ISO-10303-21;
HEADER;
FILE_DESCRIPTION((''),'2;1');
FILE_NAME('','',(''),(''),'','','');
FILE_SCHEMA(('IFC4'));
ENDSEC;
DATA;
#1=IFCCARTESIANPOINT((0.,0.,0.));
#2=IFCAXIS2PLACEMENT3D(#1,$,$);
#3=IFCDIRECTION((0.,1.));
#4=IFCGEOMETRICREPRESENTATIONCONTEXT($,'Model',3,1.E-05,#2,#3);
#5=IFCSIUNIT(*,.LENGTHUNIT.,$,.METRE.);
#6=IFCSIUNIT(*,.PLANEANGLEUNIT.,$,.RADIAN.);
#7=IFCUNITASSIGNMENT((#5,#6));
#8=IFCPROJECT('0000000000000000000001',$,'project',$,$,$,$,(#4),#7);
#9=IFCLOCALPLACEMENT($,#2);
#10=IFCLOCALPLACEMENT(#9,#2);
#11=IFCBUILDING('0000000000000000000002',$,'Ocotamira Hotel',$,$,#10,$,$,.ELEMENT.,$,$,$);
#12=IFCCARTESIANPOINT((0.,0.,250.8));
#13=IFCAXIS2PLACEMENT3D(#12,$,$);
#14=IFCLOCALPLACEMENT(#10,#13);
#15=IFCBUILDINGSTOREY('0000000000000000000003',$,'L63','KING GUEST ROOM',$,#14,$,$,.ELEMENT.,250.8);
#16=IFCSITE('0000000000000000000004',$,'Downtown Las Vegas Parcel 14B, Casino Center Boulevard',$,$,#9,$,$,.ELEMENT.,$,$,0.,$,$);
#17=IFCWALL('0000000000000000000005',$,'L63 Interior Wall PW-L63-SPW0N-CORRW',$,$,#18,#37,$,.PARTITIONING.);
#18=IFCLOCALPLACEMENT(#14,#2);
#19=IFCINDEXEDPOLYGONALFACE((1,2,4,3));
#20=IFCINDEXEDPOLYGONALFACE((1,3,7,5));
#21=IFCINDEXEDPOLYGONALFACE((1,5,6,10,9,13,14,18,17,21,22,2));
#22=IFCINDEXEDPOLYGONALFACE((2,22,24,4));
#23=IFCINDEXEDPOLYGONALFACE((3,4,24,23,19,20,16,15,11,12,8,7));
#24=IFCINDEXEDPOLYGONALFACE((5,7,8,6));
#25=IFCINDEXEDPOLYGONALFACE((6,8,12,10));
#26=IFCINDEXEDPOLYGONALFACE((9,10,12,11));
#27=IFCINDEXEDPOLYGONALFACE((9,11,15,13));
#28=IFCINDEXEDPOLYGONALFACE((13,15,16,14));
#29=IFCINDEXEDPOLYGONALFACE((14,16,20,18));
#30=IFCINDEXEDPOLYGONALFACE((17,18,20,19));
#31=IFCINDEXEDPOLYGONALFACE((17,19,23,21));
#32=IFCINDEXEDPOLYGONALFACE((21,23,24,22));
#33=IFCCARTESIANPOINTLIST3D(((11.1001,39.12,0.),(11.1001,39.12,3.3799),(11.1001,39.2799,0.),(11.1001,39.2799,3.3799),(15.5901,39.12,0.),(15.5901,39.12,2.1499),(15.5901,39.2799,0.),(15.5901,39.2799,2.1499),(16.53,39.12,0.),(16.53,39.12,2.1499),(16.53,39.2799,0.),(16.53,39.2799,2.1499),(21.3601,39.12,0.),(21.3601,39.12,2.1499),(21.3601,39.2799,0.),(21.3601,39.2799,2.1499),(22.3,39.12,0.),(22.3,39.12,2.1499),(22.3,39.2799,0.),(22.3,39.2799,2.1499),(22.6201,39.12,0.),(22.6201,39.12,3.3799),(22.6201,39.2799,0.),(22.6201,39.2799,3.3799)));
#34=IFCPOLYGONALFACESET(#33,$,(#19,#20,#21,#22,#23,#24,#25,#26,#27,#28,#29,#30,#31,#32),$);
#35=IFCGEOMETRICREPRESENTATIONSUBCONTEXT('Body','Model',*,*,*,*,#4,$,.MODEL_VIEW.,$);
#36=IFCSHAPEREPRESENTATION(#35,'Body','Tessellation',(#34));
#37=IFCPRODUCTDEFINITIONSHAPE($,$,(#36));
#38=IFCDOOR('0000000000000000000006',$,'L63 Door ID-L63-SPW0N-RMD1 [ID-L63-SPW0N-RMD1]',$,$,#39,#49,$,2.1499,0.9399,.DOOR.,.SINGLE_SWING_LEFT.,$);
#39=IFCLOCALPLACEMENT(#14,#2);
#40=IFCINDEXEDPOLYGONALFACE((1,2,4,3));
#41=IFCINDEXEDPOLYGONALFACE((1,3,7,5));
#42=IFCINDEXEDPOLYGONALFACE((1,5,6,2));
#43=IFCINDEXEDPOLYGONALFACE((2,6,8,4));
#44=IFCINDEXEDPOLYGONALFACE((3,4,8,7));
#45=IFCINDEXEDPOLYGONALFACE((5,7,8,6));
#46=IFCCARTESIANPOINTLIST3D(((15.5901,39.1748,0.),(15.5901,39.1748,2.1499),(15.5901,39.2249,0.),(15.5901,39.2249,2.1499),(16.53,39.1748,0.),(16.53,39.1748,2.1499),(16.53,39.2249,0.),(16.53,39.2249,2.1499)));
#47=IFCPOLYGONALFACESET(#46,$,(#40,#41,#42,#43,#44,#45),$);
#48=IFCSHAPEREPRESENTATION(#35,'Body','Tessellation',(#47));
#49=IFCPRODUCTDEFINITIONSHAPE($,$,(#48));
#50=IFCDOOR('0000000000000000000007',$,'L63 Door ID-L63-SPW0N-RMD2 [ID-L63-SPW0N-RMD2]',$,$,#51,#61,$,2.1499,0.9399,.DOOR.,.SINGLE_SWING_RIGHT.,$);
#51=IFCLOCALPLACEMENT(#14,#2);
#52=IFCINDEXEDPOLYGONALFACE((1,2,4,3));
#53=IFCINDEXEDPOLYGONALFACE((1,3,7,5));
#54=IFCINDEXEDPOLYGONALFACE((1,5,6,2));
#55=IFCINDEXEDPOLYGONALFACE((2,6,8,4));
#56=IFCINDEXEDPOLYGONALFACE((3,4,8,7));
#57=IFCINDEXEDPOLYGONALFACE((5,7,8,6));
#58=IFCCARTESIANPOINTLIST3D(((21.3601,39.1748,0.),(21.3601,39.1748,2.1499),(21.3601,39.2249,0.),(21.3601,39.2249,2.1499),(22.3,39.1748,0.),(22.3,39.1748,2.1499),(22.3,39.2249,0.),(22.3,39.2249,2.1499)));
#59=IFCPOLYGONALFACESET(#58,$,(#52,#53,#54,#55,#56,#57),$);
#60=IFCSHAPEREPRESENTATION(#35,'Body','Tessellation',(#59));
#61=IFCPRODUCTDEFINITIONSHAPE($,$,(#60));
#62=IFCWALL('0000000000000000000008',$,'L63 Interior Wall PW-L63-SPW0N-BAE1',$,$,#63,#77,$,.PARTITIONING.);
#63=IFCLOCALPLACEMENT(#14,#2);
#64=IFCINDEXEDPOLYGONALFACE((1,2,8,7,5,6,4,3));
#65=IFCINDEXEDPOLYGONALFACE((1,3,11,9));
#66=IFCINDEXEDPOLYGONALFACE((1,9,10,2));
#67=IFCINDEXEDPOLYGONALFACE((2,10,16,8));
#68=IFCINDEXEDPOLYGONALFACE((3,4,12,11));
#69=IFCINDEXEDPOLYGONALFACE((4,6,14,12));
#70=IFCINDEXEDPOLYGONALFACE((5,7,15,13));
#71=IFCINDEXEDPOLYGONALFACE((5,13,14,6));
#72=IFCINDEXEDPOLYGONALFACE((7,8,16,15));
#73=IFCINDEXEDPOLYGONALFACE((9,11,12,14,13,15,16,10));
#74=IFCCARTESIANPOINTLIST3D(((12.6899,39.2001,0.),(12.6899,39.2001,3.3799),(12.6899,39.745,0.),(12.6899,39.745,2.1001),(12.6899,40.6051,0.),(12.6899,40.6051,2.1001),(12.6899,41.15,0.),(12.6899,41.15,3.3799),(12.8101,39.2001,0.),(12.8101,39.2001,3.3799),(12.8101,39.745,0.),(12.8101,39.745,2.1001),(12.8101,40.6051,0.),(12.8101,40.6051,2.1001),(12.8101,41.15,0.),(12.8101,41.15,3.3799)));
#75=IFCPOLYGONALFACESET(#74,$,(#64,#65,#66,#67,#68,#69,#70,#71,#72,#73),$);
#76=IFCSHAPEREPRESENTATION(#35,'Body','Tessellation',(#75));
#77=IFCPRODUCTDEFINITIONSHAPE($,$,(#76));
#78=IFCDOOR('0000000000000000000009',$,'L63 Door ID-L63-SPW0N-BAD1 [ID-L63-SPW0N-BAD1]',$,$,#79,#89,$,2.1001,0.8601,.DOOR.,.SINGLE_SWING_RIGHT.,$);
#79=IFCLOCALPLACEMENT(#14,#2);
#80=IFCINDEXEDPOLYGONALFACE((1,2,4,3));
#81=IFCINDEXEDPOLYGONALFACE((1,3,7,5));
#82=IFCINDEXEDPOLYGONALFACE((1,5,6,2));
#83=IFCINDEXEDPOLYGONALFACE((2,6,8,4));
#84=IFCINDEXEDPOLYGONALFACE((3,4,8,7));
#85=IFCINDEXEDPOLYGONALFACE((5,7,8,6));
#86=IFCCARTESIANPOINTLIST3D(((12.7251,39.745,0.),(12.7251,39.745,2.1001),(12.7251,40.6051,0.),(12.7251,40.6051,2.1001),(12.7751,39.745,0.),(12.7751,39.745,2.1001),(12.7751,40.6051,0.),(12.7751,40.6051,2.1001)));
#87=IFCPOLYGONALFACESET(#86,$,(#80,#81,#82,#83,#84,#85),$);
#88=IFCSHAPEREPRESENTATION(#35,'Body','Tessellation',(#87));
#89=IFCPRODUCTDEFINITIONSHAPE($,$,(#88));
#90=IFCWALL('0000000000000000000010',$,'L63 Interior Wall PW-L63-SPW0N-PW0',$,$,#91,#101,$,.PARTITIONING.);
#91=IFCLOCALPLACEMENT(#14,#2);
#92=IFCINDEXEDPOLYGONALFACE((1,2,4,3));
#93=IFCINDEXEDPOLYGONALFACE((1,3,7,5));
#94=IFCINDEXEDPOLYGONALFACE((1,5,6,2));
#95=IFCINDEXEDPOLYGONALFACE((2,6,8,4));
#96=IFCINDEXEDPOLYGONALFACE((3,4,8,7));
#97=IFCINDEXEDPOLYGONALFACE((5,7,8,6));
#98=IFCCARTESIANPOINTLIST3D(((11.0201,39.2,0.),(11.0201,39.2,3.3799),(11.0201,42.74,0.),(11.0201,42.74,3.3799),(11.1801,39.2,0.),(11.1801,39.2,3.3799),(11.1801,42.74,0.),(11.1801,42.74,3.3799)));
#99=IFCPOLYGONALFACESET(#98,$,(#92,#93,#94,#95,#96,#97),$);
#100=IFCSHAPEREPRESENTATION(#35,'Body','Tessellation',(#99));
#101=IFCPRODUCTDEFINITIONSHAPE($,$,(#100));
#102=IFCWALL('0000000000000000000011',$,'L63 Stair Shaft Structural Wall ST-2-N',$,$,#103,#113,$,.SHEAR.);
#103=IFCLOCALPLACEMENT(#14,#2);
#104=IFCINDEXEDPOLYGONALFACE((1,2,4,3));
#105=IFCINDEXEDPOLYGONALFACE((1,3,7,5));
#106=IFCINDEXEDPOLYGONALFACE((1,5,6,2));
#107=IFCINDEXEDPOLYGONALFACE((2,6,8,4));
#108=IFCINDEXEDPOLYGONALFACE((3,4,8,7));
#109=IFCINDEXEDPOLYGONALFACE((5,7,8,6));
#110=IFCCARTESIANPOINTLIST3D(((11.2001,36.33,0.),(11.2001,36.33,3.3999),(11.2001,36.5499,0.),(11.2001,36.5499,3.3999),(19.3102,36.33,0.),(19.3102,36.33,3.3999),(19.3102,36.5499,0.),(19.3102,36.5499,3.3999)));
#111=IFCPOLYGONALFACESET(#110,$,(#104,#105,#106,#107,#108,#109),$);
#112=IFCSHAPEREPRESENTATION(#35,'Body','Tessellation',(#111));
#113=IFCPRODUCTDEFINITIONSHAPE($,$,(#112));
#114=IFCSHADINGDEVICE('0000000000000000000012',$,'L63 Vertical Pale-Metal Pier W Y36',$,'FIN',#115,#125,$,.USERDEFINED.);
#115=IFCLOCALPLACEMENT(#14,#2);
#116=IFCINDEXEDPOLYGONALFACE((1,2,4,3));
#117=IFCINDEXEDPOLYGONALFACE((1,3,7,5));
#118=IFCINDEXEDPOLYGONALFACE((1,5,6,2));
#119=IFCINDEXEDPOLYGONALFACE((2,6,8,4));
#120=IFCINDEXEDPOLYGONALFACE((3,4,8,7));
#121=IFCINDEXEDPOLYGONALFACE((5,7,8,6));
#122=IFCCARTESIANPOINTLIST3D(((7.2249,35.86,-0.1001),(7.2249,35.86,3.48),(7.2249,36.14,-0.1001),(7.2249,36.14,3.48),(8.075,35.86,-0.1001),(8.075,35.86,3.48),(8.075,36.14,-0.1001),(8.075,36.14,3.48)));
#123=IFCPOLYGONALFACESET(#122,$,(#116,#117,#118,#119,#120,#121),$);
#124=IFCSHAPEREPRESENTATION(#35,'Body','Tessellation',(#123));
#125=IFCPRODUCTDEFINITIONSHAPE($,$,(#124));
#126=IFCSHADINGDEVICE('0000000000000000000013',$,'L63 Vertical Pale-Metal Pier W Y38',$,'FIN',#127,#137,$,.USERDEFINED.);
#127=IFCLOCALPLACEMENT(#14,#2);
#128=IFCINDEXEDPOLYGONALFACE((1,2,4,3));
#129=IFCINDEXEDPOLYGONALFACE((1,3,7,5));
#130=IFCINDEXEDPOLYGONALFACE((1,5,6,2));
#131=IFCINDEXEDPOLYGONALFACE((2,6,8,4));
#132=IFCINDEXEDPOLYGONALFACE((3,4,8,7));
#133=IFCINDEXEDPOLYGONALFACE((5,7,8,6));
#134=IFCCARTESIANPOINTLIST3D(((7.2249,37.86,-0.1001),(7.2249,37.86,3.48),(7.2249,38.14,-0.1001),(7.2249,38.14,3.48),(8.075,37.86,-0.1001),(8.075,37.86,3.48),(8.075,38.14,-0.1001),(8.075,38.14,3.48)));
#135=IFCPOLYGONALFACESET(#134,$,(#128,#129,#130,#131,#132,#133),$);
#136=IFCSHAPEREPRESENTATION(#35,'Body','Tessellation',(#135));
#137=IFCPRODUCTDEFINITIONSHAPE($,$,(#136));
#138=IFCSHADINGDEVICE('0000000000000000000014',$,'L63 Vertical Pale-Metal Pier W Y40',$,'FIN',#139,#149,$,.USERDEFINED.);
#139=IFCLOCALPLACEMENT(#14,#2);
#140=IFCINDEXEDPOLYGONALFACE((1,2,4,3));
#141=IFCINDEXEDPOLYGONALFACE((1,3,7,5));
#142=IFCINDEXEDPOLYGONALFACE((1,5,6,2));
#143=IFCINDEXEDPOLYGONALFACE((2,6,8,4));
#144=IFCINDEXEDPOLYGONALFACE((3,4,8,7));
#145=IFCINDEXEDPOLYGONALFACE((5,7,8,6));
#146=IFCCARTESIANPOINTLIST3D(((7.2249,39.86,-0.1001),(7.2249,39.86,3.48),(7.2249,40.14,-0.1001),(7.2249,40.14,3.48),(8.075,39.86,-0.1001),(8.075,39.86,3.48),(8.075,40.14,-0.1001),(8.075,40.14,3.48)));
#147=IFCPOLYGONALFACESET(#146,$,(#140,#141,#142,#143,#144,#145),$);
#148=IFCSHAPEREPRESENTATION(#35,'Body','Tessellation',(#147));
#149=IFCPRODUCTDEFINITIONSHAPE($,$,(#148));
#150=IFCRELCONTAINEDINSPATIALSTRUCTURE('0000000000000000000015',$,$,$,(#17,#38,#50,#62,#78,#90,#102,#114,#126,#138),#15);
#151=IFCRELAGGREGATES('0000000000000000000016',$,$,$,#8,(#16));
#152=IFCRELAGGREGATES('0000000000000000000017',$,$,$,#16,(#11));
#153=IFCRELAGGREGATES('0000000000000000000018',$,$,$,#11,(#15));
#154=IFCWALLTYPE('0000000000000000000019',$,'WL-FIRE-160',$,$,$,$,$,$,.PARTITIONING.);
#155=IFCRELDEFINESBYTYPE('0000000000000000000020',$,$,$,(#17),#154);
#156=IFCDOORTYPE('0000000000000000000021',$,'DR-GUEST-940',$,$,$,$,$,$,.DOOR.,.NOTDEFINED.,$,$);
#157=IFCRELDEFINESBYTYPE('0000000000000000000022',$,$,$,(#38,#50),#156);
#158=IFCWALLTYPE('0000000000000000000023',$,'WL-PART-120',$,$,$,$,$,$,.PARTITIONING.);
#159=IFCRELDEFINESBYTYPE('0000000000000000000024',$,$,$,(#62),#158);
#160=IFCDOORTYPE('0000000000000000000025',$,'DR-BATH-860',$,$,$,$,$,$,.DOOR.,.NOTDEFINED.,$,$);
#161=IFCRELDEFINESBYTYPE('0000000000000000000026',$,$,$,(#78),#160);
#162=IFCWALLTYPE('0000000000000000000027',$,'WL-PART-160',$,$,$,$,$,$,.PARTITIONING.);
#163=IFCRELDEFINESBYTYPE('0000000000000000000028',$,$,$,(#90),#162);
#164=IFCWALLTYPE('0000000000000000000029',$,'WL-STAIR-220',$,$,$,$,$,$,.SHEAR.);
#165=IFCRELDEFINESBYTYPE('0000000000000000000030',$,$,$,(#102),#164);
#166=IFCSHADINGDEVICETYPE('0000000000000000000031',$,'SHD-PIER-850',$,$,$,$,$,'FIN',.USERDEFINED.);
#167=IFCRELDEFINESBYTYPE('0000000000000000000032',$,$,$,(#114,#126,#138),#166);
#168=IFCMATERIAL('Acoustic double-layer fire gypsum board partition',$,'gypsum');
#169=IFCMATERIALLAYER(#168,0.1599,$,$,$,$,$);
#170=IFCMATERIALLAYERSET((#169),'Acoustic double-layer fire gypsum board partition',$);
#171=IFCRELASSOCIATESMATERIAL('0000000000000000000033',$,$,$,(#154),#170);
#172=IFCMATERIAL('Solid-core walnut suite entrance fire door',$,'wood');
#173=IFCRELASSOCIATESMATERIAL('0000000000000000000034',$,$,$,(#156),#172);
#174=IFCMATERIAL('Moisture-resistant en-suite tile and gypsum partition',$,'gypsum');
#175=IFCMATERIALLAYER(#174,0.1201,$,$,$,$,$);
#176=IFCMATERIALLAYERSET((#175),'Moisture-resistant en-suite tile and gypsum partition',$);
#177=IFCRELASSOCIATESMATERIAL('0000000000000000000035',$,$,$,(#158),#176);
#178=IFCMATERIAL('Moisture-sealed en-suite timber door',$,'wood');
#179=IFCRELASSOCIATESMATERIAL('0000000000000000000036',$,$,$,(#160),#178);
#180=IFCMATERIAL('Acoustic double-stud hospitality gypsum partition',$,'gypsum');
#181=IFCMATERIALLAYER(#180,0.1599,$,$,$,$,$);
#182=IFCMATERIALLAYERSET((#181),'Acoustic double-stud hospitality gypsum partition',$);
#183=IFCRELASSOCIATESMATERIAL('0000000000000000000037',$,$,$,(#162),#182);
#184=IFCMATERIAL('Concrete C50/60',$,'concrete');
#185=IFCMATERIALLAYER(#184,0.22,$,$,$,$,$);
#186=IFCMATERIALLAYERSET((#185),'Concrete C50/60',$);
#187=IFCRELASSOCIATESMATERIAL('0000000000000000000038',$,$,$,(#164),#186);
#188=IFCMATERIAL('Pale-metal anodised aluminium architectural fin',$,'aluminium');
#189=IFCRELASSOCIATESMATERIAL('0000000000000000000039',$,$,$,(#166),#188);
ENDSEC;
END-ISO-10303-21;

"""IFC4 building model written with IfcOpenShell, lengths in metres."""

from ifc_helpers import new_model, si_unit, direction, frame, frame_2d, origin, origin_2d, place, context, subcontext, project, spatial, rectangle, extrude, source, transform, mapped, material, layer, layer_set, type_object, element, fill, save


model = new_model("IFC4")

# Units and contexts
model_context = context("Model", 3, precision=1e-05, world=origin(), true_north=direction((0.0, 1.0)))
body_context = subcontext(model_context, "Body", "Model", "MODEL_VIEW")
ifc_project = project(units=[si_unit("LENGTHUNIT", "METRE"), si_unit("PLANEANGLEUNIT", "RADIAN")], contexts=[model_context])

# Site, building, storey
site_placement = place(None, origin())
site = spatial("IfcSite", under=ifc_project, at=site_placement, Name="Downtown Las Vegas Parcel 14B, Casino Center Boulevard", CompositionType="ELEMENT", RefElevation=0.0)
building_placement = place(site_placement, origin())
building = spatial("IfcBuilding", under=site, at=building_placement, Name="Ocotamira Hotel", CompositionType="ELEMENT")
storey_placement = place(building_placement, frame((0.0, 0.0, 250.8)))
storey = spatial("IfcBuildingStorey", under=building, at=storey_placement, Name="L63", Description="KING GUEST ROOM", CompositionType="ELEMENT", Elevation=250.8)

# Shared definitions
ifc_material_1 = material(Name="Concrete C50/60", Category="concrete")

# Wall, openings, doors
ifc_material_2 = material(Name="Acoustic double-layer fire gypsum board partition", Category="gypsum")
ifc_layer_1 = layer(ifc_material_2, 0.1599)
ifc_layer_set_1 = layer_set([ifc_layer_1], Name="Acoustic double-layer fire gypsum board partition")
wall_type_1 = type_object("IfcWallType", Name="WL-FIRE-160", PredefinedType="PARTITIONING", material=ifc_layer_set_1)
wall_1_placement = place(storey_placement, frame((11.1001, 39.2, 0.0), z_axis=(0.0, 0.0, 1.0), x_axis=(1.0, 0.0, 0.0)))
wall_1 = element("IfcWall", 1, at=wall_1_placement, inside=storey, type_object=wall_type_1, Name="L63 Interior Wall PW-L63-SPW0N-CORRW", PredefinedType="PARTITIONING", context=body_context, shape_type="SweptSolid", body=[
    extrude(rectangle(XDim=11.52, YDim=0.1599, at=frame_2d((5.76, 0.0))), origin(), (0.0, 0.0, 1.0), 3.3799),
])
opening_1_placement = place(wall_1_placement, frame((4.49, 0.0, 0.0)))
opening_1 = element("IfcOpeningElement", 2, at=opening_1_placement, cuts=wall_1, PredefinedType="OPENING", context=body_context, shape_type="SweptSolid", body=[
    extrude(rectangle(XDim=0.9399, YDim=2.1499, at=frame_2d((0.47, 1.075))), frame((0.0, 0.0898, 0.0), z_axis=(0.0, -1.0, 0.0), x_axis=(1.0, 0.0, 0.0)), (0.0, 0.0, 1.0), 0.1799),
])
opening_2_placement = place(wall_1_placement, frame((10.26, 0.0, 0.0)))
opening_2 = element("IfcOpeningElement", 3, at=opening_2_placement, cuts=wall_1, PredefinedType="OPENING", context=body_context, shape_type="SweptSolid", body=[
    extrude(rectangle(XDim=0.9399, YDim=2.1499, at=frame_2d((0.47, 1.075))), frame((0.0, 0.0898, 0.0), z_axis=(0.0, -1.0, 0.0), x_axis=(1.0, 0.0, 0.0)), (0.0, 0.0, 1.0), 0.1799),
])
ifc_material_3 = material(Name="Solid-core walnut suite entrance fire door", Category="wood")
door_type_1 = type_object("IfcDoorType", Name="DR-GUEST-940", OperationType="NOTDEFINED", PredefinedType="DOOR", material=ifc_material_3)
shared_shape_1 = source(origin(), body_context, "Body", "SweptSolid", [
    extrude(rectangle(XDim=0.9399, YDim=2.1499, at=frame_2d((0.47, 1.075))), frame((0.0, 0.0249, 0.0), z_axis=(0.0, -1.0, 0.0), x_axis=(1.0, 0.0, 0.0)), (0.0, 0.0, 1.0), 0.05),
])
door_1_placement = place(opening_1_placement, origin())
door_1 = element("IfcDoor", 4, at=door_1_placement, inside=storey, type_object=door_type_1, Name="L63 Door ID-L63-SPW0N-RMD1 [ID-L63-SPW0N-RMD1]", OperationType="SINGLE_SWING_LEFT", OverallHeight=2.1499, OverallWidth=0.9399, PredefinedType="DOOR", context=body_context, shape_type="MappedRepresentation", body=[
    mapped(shared_shape_1, transform((0.0, 0.0, 0.0), scale=1.0)),
])
fill(opening_1, door_1)
door_2_placement = place(opening_2_placement, origin())
door_2 = element("IfcDoor", 5, at=door_2_placement, inside=storey, type_object=door_type_1, Name="L63 Door ID-L63-SPW0N-RMD2 [ID-L63-SPW0N-RMD2]", OperationType="SINGLE_SWING_RIGHT", OverallHeight=2.1499, OverallWidth=0.9399, PredefinedType="DOOR", context=body_context, shape_type="MappedRepresentation", body=[
    mapped(shared_shape_1, transform((0.0, 0.0, 0.0), scale=1.0)),
])
fill(opening_2, door_2)

# Wall, opening, door
ifc_material_4 = material(Name="Moisture-resistant en-suite tile and gypsum partition", Category="gypsum")
ifc_layer_2 = layer(ifc_material_4, 0.1201)
ifc_layer_set_2 = layer_set([ifc_layer_2], Name="Moisture-resistant en-suite tile and gypsum partition")
wall_type_2 = type_object("IfcWallType", Name="WL-PART-120", PredefinedType="PARTITIONING", material=ifc_layer_set_2)
wall_2_placement = place(storey_placement, frame((12.75, 39.2, 0.0), z_axis=(0.0, 0.0, 1.0), x_axis=(0.0, 1.0, 0.0)))
wall_2 = element("IfcWall", 6, at=wall_2_placement, inside=storey, type_object=wall_type_2, Name="L63 Interior Wall PW-L63-SPW0N-BAE1", PredefinedType="PARTITIONING", context=body_context, shape_type="SweptSolid", body=[
    extrude(rectangle(XDim=1.95, YDim=0.1201, at=frame_2d((0.9751, 0.0))), origin(), (0.0, 0.0, 1.0), 3.3799),
])
opening_3_placement = place(wall_2_placement, frame((0.5449, 0.0, 0.0)))
opening_3 = element("IfcOpeningElement", 7, at=opening_3_placement, cuts=wall_2, PredefinedType="OPENING", context=body_context, shape_type="SweptSolid", body=[
    extrude(rectangle(XDim=0.8601, YDim=2.1001, at=frame_2d((0.4302, 1.05))), frame((0.0, 0.0701, 0.0), z_axis=(0.0, -1.0, 0.0), x_axis=(1.0, 0.0, 0.0)), (0.0, 0.0, 1.0), 0.1401),
])
ifc_material_5 = material(Name="Moisture-sealed en-suite timber door", Category="wood")
door_type_2 = type_object("IfcDoorType", Name="DR-BATH-860", OperationType="NOTDEFINED", PredefinedType="DOOR", material=ifc_material_5)
shared_shape_2 = source(origin(), body_context, "Body", "SweptSolid", [
    extrude(rectangle(XDim=0.8601, YDim=2.1001, at=frame_2d((0.4302, 1.05))), frame((0.0, 0.0249, 0.0), z_axis=(0.0, -1.0, 0.0), x_axis=(1.0, 0.0, 0.0)), (0.0, 0.0, 1.0), 0.05),
])
door_3_placement = place(opening_3_placement, origin())
door_3 = element("IfcDoor", 8, at=door_3_placement, inside=storey, type_object=door_type_2, Name="L63 Door ID-L63-SPW0N-BAD1 [ID-L63-SPW0N-BAD1]", OperationType="SINGLE_SWING_RIGHT", OverallHeight=2.1001, OverallWidth=0.8601, PredefinedType="DOOR", context=body_context, shape_type="MappedRepresentation", body=[
    mapped(shared_shape_2, transform((0.0, 0.0, 0.0), scale=1.0)),
])
fill(opening_3, door_3)

# Walls
ifc_material_6 = material(Name="Acoustic double-stud hospitality gypsum partition", Category="gypsum")
ifc_layer_3 = layer(ifc_material_6, 0.1599)
ifc_layer_set_3 = layer_set([ifc_layer_3], Name="Acoustic double-stud hospitality gypsum partition")
wall_type_3 = type_object("IfcWallType", Name="WL-PART-160", PredefinedType="PARTITIONING", material=ifc_layer_set_3)
wall_3_placement = place(storey_placement, frame((11.1001, 39.2, 0.0), z_axis=(0.0, 0.0, 1.0), x_axis=(0.0, 1.0, 0.0)))
element("IfcWall", 9, at=wall_3_placement, inside=storey, type_object=wall_type_3, Name="L63 Interior Wall PW-L63-SPW0N-PW0", PredefinedType="PARTITIONING", context=body_context, shape_type="SweptSolid", body=[
    extrude(rectangle(XDim=3.54, YDim=0.1599, at=frame_2d((1.77, 0.0))), origin(), (0.0, 0.0, 1.0), 3.3799),
])
ifc_layer_4 = layer(ifc_material_1, 0.22)
ifc_layer_set_4 = layer_set([ifc_layer_4], Name="Concrete C50/60")
wall_type_4 = type_object("IfcWallType", Name="WL-STAIR-220", PredefinedType="SHEAR", material=ifc_layer_set_4)
wall_4_placement = place(storey_placement, frame((11.2, 36.4399, 0.0), z_axis=(0.0, 0.0, 1.0), x_axis=(1.0, 0.0, 0.0)))
element("IfcWall", 10, at=wall_4_placement, inside=storey, type_object=wall_type_4, Name="L63 Stair Shaft Structural Wall ST-2-N", PredefinedType="SHEAR", context=body_context, shape_type="SweptSolid", body=[
    extrude(rectangle(XDim=8.1101, YDim=0.22, at=frame_2d((4.0552, 0.0))), origin(), (0.0, 0.0, 1.0), 3.3999),
])

# Shading devices
ifc_material_7 = material(Name="Pale-metal anodised aluminium architectural fin", Category="aluminium")
shading_device_type = type_object("IfcShadingDeviceType", Name="SHD-PIER-850", ElementType="FIN", PredefinedType="USERDEFINED", material=ifc_material_7)
shared_shape_3 = source(origin(), body_context, "Body", "SweptSolid", [
    extrude(rectangle(XDim=0.8501, YDim=0.28, at=origin_2d()), origin(), (0.0, 0.0, 1.0), 3.5801),
])
for number, where, z_axis, x_axis, name in (
    (11, (7.6499, 36.0, -0.1001), (0.0, 0.0, 1.0), (1.0, 0.0, 0.0), "L63 Vertical Pale-Metal Pier W Y36"),
    (12, (7.6499, 38.0, -0.1001), (0.0, 0.0, 1.0), (1.0, 0.0, 0.0), "L63 Vertical Pale-Metal Pier W Y38"),
    (13, (7.6499, 40.0, -0.1001), (0.0, 0.0, 1.0), (1.0, 0.0, 0.0), "L63 Vertical Pale-Metal Pier W Y40"),
):
    element("IfcShadingDevice", number, at=place(storey_placement, frame(where, z_axis=z_axis, x_axis=x_axis)), inside=storey, type_object=shading_device_type, Name=name, ObjectType="FIN", PredefinedType="USERDEFINED", context=body_context, shape_type="MappedRepresentation", body=[
        mapped(shared_shape_3, transform((0.0, 0.0, 0.0), scale=1.0)),
    ])

save(model, "model.ifc")
